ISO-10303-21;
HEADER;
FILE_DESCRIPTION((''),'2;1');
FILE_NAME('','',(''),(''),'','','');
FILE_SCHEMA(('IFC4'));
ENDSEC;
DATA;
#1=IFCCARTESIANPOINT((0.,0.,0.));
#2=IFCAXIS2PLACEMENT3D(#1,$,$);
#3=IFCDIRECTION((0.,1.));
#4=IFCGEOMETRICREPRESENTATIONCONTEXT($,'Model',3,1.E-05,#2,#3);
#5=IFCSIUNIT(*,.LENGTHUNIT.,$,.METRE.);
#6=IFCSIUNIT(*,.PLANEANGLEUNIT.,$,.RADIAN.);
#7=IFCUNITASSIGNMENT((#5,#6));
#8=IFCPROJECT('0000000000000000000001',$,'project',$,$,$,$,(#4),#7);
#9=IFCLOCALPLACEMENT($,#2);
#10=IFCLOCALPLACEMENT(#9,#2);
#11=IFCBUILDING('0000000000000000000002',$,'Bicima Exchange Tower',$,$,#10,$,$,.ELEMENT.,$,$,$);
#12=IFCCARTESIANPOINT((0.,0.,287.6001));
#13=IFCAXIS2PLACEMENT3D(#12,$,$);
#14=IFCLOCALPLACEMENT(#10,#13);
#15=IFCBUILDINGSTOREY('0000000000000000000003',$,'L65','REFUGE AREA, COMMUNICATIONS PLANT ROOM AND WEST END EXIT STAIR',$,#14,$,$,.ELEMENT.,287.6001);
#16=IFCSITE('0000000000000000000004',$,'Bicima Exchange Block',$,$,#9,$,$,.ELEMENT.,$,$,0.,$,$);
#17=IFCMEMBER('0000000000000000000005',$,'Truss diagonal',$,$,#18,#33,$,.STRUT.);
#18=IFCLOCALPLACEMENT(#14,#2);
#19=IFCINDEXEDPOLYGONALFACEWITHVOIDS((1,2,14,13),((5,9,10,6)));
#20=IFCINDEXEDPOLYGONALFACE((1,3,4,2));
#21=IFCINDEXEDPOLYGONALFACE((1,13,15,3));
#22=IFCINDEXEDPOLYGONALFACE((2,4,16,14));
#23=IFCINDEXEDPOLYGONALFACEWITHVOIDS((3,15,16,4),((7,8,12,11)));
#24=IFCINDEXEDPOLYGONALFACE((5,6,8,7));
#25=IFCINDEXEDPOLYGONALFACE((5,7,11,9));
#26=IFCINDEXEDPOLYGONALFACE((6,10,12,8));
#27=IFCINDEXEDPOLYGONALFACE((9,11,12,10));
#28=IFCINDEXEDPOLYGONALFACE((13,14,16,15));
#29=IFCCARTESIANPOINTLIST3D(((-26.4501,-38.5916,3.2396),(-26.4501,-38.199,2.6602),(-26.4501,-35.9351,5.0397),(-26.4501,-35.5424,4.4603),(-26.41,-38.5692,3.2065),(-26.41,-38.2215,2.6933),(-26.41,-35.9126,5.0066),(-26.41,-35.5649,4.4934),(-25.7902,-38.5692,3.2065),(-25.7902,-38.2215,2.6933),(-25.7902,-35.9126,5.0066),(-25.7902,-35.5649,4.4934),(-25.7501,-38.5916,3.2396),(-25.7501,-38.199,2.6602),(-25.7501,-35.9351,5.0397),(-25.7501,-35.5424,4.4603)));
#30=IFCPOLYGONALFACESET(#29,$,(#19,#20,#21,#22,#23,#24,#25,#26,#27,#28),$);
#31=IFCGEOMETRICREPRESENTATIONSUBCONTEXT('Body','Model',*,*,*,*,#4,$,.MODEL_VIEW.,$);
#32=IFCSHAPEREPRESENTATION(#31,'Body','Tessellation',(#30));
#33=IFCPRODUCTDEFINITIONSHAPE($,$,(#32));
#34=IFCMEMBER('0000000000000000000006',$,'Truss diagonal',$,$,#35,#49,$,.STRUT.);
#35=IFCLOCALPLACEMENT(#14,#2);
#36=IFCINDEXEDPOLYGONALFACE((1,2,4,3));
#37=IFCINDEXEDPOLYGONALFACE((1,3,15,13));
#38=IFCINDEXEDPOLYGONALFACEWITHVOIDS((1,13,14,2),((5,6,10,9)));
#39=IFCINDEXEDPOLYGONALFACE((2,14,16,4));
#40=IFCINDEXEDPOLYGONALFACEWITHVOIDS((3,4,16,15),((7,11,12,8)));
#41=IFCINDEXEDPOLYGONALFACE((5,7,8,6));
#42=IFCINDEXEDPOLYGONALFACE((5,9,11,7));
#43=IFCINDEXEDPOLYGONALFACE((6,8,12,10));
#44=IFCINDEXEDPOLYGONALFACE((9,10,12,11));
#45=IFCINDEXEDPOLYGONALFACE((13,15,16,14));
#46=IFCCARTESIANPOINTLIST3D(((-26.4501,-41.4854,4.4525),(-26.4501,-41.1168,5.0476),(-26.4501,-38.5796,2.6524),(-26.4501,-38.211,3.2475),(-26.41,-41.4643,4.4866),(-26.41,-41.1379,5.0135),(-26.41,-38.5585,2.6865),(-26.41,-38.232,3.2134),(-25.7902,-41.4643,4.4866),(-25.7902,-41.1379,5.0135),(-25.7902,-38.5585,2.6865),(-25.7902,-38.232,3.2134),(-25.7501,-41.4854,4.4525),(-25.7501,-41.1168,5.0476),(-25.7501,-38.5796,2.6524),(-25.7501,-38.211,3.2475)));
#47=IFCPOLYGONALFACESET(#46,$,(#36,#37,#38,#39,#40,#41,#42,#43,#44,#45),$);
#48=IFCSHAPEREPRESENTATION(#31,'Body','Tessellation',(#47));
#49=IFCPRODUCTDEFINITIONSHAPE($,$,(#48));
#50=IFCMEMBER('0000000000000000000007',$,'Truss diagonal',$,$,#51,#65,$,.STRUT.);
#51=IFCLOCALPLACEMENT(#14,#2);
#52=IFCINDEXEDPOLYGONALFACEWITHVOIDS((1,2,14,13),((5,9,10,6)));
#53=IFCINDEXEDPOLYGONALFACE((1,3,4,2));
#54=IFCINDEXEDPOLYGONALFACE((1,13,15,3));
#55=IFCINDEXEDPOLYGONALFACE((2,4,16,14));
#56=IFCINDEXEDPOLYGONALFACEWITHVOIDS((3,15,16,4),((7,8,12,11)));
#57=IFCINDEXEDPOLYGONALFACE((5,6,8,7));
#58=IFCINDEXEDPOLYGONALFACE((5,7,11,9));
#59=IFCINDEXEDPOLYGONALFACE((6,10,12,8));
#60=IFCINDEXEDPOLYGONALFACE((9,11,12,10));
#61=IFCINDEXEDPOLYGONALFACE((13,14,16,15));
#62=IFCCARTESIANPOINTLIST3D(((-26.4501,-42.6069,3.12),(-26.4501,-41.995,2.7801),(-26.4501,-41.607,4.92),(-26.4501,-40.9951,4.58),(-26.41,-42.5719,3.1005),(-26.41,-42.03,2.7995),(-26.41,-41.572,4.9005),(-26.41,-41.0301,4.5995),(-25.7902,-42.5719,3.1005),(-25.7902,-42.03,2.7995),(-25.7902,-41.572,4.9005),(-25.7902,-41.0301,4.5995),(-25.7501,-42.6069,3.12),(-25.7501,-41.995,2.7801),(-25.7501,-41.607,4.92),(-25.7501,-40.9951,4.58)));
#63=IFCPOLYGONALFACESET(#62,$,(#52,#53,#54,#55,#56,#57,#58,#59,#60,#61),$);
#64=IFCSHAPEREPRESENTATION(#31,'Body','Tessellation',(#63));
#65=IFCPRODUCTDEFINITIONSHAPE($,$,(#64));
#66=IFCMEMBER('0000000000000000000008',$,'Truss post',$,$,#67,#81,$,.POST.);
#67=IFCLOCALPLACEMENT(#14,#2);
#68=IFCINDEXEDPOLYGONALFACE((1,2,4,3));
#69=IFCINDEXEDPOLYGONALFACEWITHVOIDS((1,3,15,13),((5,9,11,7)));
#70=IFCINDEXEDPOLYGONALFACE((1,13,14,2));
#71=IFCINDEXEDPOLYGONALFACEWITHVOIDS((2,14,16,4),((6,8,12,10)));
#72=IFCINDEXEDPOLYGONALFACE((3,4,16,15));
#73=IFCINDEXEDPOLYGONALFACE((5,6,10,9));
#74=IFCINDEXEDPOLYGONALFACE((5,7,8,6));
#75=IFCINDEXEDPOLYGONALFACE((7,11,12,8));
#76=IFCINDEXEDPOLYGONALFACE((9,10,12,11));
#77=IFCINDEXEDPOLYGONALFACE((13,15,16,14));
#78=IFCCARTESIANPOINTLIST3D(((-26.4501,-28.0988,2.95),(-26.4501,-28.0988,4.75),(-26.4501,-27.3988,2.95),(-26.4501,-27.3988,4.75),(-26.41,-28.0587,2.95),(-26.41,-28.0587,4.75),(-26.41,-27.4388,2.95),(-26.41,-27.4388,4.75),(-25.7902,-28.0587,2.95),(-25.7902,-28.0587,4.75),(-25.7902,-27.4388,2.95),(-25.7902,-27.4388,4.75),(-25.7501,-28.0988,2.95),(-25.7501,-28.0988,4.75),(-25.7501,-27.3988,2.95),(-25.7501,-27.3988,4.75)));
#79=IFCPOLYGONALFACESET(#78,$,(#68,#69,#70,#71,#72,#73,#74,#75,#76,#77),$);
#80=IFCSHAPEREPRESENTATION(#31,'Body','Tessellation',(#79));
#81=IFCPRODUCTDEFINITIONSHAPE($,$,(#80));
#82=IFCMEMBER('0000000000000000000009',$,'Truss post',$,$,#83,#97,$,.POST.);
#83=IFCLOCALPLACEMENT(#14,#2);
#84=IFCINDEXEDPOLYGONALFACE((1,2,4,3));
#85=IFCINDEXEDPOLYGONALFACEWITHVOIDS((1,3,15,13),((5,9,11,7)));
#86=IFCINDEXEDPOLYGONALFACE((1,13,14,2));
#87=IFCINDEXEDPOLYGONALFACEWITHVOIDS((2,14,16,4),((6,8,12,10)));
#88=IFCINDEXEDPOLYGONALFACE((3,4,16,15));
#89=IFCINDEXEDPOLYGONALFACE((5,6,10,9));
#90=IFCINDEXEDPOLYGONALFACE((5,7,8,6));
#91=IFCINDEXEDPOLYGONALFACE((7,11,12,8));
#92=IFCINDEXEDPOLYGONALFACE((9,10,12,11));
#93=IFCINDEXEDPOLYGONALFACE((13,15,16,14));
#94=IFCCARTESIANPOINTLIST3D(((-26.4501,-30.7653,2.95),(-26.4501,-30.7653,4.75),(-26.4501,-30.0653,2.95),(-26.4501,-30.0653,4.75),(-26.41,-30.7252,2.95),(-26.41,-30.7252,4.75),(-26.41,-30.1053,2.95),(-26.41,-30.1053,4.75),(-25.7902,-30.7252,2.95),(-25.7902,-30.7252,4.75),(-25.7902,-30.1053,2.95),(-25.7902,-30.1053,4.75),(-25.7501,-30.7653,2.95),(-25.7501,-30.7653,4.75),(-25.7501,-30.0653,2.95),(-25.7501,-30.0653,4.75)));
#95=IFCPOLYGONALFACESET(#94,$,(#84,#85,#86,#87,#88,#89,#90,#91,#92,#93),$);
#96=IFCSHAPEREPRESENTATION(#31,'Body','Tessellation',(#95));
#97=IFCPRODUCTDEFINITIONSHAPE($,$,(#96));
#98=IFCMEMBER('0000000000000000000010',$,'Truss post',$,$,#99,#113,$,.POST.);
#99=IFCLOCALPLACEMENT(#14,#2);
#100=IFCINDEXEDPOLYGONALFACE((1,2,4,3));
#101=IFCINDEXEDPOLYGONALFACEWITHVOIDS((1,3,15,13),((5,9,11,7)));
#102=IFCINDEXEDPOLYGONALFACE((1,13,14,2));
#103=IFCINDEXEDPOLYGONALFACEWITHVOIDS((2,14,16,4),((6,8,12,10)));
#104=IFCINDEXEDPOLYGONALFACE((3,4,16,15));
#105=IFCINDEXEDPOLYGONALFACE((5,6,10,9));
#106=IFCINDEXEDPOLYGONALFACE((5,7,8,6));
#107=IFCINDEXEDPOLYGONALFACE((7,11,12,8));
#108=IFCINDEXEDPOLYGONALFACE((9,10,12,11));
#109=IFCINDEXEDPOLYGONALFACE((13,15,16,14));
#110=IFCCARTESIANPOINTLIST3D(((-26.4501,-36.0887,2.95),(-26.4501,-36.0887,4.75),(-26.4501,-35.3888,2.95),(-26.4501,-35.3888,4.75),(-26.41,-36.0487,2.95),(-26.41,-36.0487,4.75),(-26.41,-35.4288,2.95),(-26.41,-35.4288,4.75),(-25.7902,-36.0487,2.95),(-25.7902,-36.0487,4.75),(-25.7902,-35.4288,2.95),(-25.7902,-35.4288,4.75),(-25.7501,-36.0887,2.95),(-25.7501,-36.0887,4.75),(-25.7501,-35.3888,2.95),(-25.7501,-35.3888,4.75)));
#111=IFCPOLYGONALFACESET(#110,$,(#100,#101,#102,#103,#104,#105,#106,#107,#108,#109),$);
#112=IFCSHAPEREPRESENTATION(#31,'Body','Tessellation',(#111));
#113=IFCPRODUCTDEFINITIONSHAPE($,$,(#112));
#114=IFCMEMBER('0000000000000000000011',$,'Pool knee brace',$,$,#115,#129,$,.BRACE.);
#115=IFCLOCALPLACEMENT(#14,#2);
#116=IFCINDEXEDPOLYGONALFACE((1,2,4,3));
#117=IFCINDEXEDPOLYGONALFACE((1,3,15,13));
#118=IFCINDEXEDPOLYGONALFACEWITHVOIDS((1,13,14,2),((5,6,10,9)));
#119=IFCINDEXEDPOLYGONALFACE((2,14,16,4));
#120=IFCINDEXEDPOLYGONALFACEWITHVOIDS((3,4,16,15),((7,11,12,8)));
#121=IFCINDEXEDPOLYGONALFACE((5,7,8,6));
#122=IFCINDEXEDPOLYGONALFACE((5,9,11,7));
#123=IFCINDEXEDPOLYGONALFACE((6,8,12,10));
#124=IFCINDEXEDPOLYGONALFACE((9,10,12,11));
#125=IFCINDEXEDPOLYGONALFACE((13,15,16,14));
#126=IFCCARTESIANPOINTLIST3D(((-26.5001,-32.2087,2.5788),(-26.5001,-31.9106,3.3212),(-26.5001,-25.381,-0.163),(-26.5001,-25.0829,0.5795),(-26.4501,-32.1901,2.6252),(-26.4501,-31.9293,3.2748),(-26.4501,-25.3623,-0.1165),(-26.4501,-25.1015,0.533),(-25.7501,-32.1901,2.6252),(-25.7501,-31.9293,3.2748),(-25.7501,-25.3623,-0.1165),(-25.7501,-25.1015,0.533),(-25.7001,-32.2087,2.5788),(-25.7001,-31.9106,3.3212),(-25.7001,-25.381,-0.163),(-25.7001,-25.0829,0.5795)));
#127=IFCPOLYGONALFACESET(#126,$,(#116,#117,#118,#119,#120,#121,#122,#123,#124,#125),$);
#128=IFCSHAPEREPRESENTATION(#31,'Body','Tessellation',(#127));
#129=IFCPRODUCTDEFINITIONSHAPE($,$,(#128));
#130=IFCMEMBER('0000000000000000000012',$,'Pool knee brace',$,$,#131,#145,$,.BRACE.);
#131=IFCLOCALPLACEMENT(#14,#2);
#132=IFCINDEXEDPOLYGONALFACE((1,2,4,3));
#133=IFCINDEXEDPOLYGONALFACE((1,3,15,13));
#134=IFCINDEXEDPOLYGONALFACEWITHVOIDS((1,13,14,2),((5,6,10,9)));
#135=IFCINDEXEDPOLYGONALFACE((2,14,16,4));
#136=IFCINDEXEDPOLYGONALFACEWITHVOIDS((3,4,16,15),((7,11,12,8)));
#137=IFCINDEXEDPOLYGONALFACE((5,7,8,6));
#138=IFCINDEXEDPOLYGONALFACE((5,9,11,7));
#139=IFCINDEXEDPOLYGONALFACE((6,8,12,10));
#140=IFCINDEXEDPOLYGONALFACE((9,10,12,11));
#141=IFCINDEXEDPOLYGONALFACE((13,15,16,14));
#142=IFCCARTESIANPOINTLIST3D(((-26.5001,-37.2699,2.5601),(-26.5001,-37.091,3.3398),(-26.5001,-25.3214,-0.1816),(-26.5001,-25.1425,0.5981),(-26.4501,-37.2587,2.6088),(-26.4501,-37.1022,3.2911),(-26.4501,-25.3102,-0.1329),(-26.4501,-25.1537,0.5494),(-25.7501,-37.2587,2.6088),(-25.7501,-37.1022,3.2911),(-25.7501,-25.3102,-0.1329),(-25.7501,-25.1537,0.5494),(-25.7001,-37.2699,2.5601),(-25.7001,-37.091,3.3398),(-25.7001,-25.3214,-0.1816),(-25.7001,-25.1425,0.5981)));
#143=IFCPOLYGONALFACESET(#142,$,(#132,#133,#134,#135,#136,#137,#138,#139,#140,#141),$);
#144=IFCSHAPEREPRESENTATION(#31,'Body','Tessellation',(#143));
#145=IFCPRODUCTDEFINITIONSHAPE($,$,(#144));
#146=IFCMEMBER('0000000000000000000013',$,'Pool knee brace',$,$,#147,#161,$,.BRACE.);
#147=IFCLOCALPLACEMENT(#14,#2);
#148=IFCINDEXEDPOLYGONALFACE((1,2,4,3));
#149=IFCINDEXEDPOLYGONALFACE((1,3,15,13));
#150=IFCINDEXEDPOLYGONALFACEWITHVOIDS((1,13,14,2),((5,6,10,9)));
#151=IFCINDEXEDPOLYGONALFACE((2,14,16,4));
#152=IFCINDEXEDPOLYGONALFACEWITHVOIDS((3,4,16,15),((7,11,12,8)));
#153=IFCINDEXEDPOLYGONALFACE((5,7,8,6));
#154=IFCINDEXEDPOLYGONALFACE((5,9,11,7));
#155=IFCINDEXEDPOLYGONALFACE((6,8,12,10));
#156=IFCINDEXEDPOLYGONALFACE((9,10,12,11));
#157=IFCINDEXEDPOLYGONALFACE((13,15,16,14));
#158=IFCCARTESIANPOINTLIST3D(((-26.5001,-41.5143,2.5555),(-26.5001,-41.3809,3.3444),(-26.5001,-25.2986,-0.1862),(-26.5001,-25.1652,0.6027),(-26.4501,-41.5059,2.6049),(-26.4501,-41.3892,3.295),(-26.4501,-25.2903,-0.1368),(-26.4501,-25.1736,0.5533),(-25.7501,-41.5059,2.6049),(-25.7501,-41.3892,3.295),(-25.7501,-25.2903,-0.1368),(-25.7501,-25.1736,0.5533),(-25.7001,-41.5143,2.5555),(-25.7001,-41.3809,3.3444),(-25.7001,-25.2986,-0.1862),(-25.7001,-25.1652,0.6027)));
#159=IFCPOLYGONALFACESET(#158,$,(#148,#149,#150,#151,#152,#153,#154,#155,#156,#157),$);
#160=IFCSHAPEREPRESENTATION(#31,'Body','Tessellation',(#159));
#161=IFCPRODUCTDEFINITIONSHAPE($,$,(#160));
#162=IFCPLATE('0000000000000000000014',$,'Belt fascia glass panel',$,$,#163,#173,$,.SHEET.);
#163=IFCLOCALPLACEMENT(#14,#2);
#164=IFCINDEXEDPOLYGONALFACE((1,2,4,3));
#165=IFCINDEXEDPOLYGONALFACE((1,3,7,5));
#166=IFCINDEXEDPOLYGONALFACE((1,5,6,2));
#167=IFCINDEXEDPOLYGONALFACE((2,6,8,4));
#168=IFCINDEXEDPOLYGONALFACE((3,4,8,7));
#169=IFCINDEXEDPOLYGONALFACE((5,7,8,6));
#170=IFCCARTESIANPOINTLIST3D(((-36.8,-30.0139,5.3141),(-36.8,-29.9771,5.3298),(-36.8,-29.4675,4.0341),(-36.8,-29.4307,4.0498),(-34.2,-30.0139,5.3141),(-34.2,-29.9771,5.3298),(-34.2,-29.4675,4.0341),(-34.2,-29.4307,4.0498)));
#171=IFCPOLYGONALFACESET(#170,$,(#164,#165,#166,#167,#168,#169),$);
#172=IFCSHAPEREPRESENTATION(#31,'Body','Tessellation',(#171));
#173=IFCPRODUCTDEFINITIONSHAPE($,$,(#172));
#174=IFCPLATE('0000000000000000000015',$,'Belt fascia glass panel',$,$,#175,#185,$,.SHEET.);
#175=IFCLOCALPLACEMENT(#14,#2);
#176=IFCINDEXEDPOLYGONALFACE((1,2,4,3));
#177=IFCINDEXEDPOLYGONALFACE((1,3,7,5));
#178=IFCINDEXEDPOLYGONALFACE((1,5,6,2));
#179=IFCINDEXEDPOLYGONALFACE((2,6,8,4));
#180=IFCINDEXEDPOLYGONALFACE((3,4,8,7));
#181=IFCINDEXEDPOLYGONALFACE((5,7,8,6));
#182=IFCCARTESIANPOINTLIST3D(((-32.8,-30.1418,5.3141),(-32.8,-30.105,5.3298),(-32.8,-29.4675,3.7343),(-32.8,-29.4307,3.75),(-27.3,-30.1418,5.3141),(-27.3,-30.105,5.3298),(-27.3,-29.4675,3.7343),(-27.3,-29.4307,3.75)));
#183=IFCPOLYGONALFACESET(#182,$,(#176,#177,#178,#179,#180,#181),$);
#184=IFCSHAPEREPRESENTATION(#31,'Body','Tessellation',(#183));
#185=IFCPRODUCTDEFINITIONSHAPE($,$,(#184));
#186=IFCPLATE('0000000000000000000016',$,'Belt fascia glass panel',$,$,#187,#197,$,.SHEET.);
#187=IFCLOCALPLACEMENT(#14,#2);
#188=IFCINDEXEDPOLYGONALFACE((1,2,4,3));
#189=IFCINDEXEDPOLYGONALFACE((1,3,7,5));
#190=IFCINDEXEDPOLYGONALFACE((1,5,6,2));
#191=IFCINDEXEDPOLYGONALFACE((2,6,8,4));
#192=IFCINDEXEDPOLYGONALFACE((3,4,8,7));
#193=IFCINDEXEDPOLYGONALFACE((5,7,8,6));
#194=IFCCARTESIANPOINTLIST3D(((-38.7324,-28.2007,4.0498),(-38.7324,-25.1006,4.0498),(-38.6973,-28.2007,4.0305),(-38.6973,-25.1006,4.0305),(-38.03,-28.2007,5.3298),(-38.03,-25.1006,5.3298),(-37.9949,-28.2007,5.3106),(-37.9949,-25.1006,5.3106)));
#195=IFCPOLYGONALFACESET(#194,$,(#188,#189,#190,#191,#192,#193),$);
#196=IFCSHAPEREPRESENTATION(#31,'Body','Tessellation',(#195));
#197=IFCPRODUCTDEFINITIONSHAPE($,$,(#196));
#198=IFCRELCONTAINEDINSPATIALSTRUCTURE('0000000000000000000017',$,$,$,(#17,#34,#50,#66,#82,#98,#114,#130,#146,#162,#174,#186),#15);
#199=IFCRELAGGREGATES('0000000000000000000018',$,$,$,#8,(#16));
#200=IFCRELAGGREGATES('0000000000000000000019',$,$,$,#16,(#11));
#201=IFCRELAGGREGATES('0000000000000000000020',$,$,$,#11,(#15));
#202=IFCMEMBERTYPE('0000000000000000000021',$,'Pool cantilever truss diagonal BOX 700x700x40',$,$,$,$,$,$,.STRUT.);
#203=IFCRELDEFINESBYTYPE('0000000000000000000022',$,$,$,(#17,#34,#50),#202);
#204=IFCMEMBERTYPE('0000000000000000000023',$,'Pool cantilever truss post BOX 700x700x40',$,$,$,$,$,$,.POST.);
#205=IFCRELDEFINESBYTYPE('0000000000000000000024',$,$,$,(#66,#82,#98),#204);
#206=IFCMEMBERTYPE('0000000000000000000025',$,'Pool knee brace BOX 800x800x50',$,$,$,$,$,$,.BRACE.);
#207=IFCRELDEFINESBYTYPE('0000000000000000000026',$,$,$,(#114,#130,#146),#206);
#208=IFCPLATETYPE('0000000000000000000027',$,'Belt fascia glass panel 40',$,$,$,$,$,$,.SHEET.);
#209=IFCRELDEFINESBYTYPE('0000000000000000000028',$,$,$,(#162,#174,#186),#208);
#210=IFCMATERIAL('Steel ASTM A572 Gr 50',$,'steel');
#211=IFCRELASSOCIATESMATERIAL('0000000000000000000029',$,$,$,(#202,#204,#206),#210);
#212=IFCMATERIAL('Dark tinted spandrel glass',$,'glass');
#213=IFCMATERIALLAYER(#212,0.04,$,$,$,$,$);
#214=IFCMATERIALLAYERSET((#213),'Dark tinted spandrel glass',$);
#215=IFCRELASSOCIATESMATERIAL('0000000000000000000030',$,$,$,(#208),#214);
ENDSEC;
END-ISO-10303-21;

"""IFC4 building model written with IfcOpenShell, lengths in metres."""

from ifc_helpers import new_model, si_unit, direction, frame, origin, origin_2d, place, context, subcontext, project, spatial, polyline, hollow_rectangle, outline, extrude, material, layer, layer_set, material_profile, profile_set, type_object, element, save


model = new_model("IFC4")

# Units and contexts
model_context = context("Model", 3, precision=1e-05, world=origin(), true_north=direction((0.0, 1.0)))
body_context = subcontext(model_context, "Body", "Model", "MODEL_VIEW")
ifc_project = project(units=[si_unit("LENGTHUNIT", "METRE"), si_unit("PLANEANGLEUNIT", "RADIAN")], contexts=[model_context])

# Site, building, storey
site_placement = place(None, origin())
site = spatial("IfcSite", under=ifc_project, at=site_placement, Name="Bicima Exchange Block", CompositionType="ELEMENT", RefElevation=0.0)
building_placement = place(site_placement, origin())
building = spatial("IfcBuilding", under=site, at=building_placement, Name="Bicima Exchange Tower", CompositionType="ELEMENT")
storey_placement = place(building_placement, frame((0.0, 0.0, 287.6001)))
storey = spatial("IfcBuildingStorey", under=building, at=storey_placement, Name="L65", Description="REFUGE AREA, COMMUNICATIONS PLANT ROOM AND WEST END EXIT STAIR", CompositionType="ELEMENT", Elevation=287.6001)

# Shared definitions
ifc_material_1 = material(Name="Steel ASTM A572 Gr 50", Category="steel")

# Members
ifc_material_profile_1 = material_profile(ifc_material_1, hollow_rectangle(XDim=0.7, YDim=0.7, WallThickness=0.04, at=origin_2d()))
ifc_profile_set_1 = profile_set([ifc_material_profile_1], Name="Steel ASTM A572 Gr 50")
member_type_1 = type_object("IfcMemberType", Name="Pool cantilever truss diagonal BOX 700x700x40", PredefinedType="STRUT", material=ifc_profile_set_1)
member_1_placement = place(storey_placement, frame((-26.1001, -35.7388, 4.75), z_axis=(0.0, -0.827848, -0.560952), x_axis=(1.0, 0.0, 0.0)))
element("IfcMember", 1, at=member_1_placement, inside=storey, type_object=member_type_1, Name="Truss diagonal", PredefinedType="STRUT", context=body_context, shape_type="SweptSolid", body=[
    extrude(hollow_rectangle(XDim=0.7, YDim=0.7, WallThickness=0.04, at=origin_2d()), origin(), (0.0, 0.0, 1.0), 3.209),
])
member_2_placement = place(storey_placement, frame((-26.1001, -38.3953, 2.95), z_axis=(0.0, -0.850102, 0.526618), x_axis=(1.0, 0.0, 0.0)))
element("IfcMember", 2, at=member_2_placement, inside=storey, type_object=member_type_1, Name="Truss diagonal", PredefinedType="STRUT", context=body_context, shape_type="SweptSolid", body=[
    extrude(hollow_rectangle(XDim=0.7, YDim=0.7, WallThickness=0.04, at=origin_2d()), origin(), (0.0, 0.0, 1.0), 3.4182),
])
member_3_placement = place(storey_placement, frame((-26.1001, -41.301, 4.75), z_axis=(0.0, -0.485633, -0.874163), x_axis=(1.0, 0.0, 0.0)))
element("IfcMember", 3, at=member_3_placement, inside=storey, type_object=member_type_1, Name="Truss diagonal", PredefinedType="STRUT", context=body_context, shape_type="SweptSolid", body=[
    extrude(hollow_rectangle(XDim=0.7, YDim=0.7, WallThickness=0.04, at=origin_2d()), origin(), (0.0, 0.0, 1.0), 2.0591),
])
member_type_2 = type_object("IfcMemberType", Name="Pool cantilever truss post BOX 700x700x40", PredefinedType="POST", material=ifc_profile_set_1)
for number, where, z_axis, x_axis, name in (
    (4, (-26.1001, -27.7488, 2.95), (0.0, 0.0, 1.0), (1.0, 0.0, 0.0), "Truss post"),
    (5, (-26.1001, -30.4153, 2.95), (0.0, 0.0, 1.0), (1.0, 0.0, 0.0), "Truss post"),
    (6, (-26.1001, -35.7388, 2.95), (0.0, 0.0, 1.0), (1.0, 0.0, 0.0), "Truss post"),
):
    element("IfcMember", number, at=place(storey_placement, frame(where, z_axis=z_axis, x_axis=x_axis)), inside=storey, type_object=member_type_2, Name=name, PredefinedType="POST", context=body_context, shape_type="SweptSolid", body=[
        extrude(hollow_rectangle(XDim=0.7, YDim=0.7, WallThickness=0.04, at=origin_2d()), origin(), (0.0, 0.0, 1.0), 1.8),
    ])
ifc_material_profile_2 = material_profile(ifc_material_1, hollow_rectangle(XDim=0.8, YDim=0.8, WallThickness=0.05, at=origin_2d()))
ifc_profile_set_2 = profile_set([ifc_material_profile_2], Name="Steel ASTM A572 Gr 50")
member_type_3 = type_object("IfcMemberType", Name="Pool knee brace BOX 800x800x50", PredefinedType="BRACE", material=ifc_profile_set_2)
member_4_placement = place(storey_placement, frame((-26.1001, -25.2319, 0.2083), z_axis=(0.0, -0.927977, 0.372638), x_axis=(1.0, 0.0, 0.0)))
element("IfcMember", 7, at=member_4_placement, inside=storey, type_object=member_type_3, Name="Pool knee brace", PredefinedType="BRACE", context=body_context, shape_type="SweptSolid", body=[
    extrude(hollow_rectangle(XDim=0.8, YDim=0.8, WallThickness=0.05, at=origin_2d()), origin(), (0.0, 0.0, 1.0), 7.3577),
])
member_5_placement = place(storey_placement, frame((-26.1001, -25.2319, 0.2083), z_axis=(0.0, -0.97467, 0.223648), x_axis=(1.0, 0.0, 0.0)))
element("IfcMember", 8, at=member_5_placement, inside=storey, type_object=member_type_3, Name="Pool knee brace", PredefinedType="BRACE", context=body_context, shape_type="SweptSolid", body=[
    extrude(hollow_rectangle(XDim=0.8, YDim=0.8, WallThickness=0.05, at=origin_2d()), origin(), (0.0, 0.0, 1.0), 12.259),
])
member_6_placement = place(storey_placement, frame((-26.1001, -25.2319, 0.2083), z_axis=(0.0, -0.986006, 0.166712), x_axis=(1.0, 0.0, 0.0)))
element("IfcMember", 9, at=member_6_placement, inside=storey, type_object=member_type_3, Name="Pool knee brace", PredefinedType="BRACE", context=body_context, shape_type="SweptSolid", body=[
    extrude(hollow_rectangle(XDim=0.8, YDim=0.8, WallThickness=0.05, at=origin_2d()), origin(), (0.0, 0.0, 1.0), 16.4458),
])

# Plates
ifc_material_2 = material(Name="Dark tinted spandrel glass", Category="glass")
ifc_layer = layer(ifc_material_2, 0.04)
ifc_layer_set = layer_set([ifc_layer], Name="Dark tinted spandrel glass")
plate_type = type_object("IfcPlateType", Name="Belt fascia glass panel 40", PredefinedType="SHEET", material=ifc_layer_set)
plate_1_placement = place(storey_placement, frame((-36.8, -29.4307, 4.0498), z_axis=(0.0, 0.919716, 0.392585), x_axis=(1.0, 0.0, 0.0)))
element("IfcPlate", 10, at=plate_1_placement, inside=storey, type_object=plate_type, Name="Belt fascia glass panel", PredefinedType="SHEET", context=body_context, shape_type="SweptSolid", body=[
    extrude(outline(polyline([(0.0, 0.0), (2.6001, 0.0), (2.6001, -1.3918), (0.0, -1.3918), (0.0, 0.0)])), origin(), (0.0, 0.0, -1.0), 0.04),
])
plate_2_placement = place(storey_placement, frame((-32.8, -29.4307, 3.75), z_axis=(0.0, 0.919725, 0.392564), x_axis=(1.0, 0.0, 0.0)))
element("IfcPlate", 11, at=plate_2_placement, inside=storey, type_object=plate_type, Name="Belt fascia glass panel", PredefinedType="SHEET", context=body_context, shape_type="SweptSolid", body=[
    extrude(outline(polyline([(0.0, 0.0), (5.5, 0.0), (5.5, -1.7177), (0.0, -1.7177), (0.0, 0.0)])), origin(), (0.0, 0.0, -1.0), 0.04),
])
plate_3_placement = place(storey_placement, frame((-38.7324, -25.1006, 4.0498), z_axis=(-0.876685, 0.0, 0.481065), x_axis=(0.0, -1.0, 0.0)))
element("IfcPlate", 12, at=plate_3_placement, inside=storey, type_object=plate_type, Name="Belt fascia glass panel", PredefinedType="SHEET", context=body_context, shape_type="SweptSolid", body=[
    extrude(outline(polyline([(0.0, 0.0), (3.1001, 0.0), (3.1001, 1.4601), (0.0, 1.4601), (0.0, 0.0)])), origin(), (0.0, 0.0, -1.0), 0.04),
])

save(model, "model.ifc")
